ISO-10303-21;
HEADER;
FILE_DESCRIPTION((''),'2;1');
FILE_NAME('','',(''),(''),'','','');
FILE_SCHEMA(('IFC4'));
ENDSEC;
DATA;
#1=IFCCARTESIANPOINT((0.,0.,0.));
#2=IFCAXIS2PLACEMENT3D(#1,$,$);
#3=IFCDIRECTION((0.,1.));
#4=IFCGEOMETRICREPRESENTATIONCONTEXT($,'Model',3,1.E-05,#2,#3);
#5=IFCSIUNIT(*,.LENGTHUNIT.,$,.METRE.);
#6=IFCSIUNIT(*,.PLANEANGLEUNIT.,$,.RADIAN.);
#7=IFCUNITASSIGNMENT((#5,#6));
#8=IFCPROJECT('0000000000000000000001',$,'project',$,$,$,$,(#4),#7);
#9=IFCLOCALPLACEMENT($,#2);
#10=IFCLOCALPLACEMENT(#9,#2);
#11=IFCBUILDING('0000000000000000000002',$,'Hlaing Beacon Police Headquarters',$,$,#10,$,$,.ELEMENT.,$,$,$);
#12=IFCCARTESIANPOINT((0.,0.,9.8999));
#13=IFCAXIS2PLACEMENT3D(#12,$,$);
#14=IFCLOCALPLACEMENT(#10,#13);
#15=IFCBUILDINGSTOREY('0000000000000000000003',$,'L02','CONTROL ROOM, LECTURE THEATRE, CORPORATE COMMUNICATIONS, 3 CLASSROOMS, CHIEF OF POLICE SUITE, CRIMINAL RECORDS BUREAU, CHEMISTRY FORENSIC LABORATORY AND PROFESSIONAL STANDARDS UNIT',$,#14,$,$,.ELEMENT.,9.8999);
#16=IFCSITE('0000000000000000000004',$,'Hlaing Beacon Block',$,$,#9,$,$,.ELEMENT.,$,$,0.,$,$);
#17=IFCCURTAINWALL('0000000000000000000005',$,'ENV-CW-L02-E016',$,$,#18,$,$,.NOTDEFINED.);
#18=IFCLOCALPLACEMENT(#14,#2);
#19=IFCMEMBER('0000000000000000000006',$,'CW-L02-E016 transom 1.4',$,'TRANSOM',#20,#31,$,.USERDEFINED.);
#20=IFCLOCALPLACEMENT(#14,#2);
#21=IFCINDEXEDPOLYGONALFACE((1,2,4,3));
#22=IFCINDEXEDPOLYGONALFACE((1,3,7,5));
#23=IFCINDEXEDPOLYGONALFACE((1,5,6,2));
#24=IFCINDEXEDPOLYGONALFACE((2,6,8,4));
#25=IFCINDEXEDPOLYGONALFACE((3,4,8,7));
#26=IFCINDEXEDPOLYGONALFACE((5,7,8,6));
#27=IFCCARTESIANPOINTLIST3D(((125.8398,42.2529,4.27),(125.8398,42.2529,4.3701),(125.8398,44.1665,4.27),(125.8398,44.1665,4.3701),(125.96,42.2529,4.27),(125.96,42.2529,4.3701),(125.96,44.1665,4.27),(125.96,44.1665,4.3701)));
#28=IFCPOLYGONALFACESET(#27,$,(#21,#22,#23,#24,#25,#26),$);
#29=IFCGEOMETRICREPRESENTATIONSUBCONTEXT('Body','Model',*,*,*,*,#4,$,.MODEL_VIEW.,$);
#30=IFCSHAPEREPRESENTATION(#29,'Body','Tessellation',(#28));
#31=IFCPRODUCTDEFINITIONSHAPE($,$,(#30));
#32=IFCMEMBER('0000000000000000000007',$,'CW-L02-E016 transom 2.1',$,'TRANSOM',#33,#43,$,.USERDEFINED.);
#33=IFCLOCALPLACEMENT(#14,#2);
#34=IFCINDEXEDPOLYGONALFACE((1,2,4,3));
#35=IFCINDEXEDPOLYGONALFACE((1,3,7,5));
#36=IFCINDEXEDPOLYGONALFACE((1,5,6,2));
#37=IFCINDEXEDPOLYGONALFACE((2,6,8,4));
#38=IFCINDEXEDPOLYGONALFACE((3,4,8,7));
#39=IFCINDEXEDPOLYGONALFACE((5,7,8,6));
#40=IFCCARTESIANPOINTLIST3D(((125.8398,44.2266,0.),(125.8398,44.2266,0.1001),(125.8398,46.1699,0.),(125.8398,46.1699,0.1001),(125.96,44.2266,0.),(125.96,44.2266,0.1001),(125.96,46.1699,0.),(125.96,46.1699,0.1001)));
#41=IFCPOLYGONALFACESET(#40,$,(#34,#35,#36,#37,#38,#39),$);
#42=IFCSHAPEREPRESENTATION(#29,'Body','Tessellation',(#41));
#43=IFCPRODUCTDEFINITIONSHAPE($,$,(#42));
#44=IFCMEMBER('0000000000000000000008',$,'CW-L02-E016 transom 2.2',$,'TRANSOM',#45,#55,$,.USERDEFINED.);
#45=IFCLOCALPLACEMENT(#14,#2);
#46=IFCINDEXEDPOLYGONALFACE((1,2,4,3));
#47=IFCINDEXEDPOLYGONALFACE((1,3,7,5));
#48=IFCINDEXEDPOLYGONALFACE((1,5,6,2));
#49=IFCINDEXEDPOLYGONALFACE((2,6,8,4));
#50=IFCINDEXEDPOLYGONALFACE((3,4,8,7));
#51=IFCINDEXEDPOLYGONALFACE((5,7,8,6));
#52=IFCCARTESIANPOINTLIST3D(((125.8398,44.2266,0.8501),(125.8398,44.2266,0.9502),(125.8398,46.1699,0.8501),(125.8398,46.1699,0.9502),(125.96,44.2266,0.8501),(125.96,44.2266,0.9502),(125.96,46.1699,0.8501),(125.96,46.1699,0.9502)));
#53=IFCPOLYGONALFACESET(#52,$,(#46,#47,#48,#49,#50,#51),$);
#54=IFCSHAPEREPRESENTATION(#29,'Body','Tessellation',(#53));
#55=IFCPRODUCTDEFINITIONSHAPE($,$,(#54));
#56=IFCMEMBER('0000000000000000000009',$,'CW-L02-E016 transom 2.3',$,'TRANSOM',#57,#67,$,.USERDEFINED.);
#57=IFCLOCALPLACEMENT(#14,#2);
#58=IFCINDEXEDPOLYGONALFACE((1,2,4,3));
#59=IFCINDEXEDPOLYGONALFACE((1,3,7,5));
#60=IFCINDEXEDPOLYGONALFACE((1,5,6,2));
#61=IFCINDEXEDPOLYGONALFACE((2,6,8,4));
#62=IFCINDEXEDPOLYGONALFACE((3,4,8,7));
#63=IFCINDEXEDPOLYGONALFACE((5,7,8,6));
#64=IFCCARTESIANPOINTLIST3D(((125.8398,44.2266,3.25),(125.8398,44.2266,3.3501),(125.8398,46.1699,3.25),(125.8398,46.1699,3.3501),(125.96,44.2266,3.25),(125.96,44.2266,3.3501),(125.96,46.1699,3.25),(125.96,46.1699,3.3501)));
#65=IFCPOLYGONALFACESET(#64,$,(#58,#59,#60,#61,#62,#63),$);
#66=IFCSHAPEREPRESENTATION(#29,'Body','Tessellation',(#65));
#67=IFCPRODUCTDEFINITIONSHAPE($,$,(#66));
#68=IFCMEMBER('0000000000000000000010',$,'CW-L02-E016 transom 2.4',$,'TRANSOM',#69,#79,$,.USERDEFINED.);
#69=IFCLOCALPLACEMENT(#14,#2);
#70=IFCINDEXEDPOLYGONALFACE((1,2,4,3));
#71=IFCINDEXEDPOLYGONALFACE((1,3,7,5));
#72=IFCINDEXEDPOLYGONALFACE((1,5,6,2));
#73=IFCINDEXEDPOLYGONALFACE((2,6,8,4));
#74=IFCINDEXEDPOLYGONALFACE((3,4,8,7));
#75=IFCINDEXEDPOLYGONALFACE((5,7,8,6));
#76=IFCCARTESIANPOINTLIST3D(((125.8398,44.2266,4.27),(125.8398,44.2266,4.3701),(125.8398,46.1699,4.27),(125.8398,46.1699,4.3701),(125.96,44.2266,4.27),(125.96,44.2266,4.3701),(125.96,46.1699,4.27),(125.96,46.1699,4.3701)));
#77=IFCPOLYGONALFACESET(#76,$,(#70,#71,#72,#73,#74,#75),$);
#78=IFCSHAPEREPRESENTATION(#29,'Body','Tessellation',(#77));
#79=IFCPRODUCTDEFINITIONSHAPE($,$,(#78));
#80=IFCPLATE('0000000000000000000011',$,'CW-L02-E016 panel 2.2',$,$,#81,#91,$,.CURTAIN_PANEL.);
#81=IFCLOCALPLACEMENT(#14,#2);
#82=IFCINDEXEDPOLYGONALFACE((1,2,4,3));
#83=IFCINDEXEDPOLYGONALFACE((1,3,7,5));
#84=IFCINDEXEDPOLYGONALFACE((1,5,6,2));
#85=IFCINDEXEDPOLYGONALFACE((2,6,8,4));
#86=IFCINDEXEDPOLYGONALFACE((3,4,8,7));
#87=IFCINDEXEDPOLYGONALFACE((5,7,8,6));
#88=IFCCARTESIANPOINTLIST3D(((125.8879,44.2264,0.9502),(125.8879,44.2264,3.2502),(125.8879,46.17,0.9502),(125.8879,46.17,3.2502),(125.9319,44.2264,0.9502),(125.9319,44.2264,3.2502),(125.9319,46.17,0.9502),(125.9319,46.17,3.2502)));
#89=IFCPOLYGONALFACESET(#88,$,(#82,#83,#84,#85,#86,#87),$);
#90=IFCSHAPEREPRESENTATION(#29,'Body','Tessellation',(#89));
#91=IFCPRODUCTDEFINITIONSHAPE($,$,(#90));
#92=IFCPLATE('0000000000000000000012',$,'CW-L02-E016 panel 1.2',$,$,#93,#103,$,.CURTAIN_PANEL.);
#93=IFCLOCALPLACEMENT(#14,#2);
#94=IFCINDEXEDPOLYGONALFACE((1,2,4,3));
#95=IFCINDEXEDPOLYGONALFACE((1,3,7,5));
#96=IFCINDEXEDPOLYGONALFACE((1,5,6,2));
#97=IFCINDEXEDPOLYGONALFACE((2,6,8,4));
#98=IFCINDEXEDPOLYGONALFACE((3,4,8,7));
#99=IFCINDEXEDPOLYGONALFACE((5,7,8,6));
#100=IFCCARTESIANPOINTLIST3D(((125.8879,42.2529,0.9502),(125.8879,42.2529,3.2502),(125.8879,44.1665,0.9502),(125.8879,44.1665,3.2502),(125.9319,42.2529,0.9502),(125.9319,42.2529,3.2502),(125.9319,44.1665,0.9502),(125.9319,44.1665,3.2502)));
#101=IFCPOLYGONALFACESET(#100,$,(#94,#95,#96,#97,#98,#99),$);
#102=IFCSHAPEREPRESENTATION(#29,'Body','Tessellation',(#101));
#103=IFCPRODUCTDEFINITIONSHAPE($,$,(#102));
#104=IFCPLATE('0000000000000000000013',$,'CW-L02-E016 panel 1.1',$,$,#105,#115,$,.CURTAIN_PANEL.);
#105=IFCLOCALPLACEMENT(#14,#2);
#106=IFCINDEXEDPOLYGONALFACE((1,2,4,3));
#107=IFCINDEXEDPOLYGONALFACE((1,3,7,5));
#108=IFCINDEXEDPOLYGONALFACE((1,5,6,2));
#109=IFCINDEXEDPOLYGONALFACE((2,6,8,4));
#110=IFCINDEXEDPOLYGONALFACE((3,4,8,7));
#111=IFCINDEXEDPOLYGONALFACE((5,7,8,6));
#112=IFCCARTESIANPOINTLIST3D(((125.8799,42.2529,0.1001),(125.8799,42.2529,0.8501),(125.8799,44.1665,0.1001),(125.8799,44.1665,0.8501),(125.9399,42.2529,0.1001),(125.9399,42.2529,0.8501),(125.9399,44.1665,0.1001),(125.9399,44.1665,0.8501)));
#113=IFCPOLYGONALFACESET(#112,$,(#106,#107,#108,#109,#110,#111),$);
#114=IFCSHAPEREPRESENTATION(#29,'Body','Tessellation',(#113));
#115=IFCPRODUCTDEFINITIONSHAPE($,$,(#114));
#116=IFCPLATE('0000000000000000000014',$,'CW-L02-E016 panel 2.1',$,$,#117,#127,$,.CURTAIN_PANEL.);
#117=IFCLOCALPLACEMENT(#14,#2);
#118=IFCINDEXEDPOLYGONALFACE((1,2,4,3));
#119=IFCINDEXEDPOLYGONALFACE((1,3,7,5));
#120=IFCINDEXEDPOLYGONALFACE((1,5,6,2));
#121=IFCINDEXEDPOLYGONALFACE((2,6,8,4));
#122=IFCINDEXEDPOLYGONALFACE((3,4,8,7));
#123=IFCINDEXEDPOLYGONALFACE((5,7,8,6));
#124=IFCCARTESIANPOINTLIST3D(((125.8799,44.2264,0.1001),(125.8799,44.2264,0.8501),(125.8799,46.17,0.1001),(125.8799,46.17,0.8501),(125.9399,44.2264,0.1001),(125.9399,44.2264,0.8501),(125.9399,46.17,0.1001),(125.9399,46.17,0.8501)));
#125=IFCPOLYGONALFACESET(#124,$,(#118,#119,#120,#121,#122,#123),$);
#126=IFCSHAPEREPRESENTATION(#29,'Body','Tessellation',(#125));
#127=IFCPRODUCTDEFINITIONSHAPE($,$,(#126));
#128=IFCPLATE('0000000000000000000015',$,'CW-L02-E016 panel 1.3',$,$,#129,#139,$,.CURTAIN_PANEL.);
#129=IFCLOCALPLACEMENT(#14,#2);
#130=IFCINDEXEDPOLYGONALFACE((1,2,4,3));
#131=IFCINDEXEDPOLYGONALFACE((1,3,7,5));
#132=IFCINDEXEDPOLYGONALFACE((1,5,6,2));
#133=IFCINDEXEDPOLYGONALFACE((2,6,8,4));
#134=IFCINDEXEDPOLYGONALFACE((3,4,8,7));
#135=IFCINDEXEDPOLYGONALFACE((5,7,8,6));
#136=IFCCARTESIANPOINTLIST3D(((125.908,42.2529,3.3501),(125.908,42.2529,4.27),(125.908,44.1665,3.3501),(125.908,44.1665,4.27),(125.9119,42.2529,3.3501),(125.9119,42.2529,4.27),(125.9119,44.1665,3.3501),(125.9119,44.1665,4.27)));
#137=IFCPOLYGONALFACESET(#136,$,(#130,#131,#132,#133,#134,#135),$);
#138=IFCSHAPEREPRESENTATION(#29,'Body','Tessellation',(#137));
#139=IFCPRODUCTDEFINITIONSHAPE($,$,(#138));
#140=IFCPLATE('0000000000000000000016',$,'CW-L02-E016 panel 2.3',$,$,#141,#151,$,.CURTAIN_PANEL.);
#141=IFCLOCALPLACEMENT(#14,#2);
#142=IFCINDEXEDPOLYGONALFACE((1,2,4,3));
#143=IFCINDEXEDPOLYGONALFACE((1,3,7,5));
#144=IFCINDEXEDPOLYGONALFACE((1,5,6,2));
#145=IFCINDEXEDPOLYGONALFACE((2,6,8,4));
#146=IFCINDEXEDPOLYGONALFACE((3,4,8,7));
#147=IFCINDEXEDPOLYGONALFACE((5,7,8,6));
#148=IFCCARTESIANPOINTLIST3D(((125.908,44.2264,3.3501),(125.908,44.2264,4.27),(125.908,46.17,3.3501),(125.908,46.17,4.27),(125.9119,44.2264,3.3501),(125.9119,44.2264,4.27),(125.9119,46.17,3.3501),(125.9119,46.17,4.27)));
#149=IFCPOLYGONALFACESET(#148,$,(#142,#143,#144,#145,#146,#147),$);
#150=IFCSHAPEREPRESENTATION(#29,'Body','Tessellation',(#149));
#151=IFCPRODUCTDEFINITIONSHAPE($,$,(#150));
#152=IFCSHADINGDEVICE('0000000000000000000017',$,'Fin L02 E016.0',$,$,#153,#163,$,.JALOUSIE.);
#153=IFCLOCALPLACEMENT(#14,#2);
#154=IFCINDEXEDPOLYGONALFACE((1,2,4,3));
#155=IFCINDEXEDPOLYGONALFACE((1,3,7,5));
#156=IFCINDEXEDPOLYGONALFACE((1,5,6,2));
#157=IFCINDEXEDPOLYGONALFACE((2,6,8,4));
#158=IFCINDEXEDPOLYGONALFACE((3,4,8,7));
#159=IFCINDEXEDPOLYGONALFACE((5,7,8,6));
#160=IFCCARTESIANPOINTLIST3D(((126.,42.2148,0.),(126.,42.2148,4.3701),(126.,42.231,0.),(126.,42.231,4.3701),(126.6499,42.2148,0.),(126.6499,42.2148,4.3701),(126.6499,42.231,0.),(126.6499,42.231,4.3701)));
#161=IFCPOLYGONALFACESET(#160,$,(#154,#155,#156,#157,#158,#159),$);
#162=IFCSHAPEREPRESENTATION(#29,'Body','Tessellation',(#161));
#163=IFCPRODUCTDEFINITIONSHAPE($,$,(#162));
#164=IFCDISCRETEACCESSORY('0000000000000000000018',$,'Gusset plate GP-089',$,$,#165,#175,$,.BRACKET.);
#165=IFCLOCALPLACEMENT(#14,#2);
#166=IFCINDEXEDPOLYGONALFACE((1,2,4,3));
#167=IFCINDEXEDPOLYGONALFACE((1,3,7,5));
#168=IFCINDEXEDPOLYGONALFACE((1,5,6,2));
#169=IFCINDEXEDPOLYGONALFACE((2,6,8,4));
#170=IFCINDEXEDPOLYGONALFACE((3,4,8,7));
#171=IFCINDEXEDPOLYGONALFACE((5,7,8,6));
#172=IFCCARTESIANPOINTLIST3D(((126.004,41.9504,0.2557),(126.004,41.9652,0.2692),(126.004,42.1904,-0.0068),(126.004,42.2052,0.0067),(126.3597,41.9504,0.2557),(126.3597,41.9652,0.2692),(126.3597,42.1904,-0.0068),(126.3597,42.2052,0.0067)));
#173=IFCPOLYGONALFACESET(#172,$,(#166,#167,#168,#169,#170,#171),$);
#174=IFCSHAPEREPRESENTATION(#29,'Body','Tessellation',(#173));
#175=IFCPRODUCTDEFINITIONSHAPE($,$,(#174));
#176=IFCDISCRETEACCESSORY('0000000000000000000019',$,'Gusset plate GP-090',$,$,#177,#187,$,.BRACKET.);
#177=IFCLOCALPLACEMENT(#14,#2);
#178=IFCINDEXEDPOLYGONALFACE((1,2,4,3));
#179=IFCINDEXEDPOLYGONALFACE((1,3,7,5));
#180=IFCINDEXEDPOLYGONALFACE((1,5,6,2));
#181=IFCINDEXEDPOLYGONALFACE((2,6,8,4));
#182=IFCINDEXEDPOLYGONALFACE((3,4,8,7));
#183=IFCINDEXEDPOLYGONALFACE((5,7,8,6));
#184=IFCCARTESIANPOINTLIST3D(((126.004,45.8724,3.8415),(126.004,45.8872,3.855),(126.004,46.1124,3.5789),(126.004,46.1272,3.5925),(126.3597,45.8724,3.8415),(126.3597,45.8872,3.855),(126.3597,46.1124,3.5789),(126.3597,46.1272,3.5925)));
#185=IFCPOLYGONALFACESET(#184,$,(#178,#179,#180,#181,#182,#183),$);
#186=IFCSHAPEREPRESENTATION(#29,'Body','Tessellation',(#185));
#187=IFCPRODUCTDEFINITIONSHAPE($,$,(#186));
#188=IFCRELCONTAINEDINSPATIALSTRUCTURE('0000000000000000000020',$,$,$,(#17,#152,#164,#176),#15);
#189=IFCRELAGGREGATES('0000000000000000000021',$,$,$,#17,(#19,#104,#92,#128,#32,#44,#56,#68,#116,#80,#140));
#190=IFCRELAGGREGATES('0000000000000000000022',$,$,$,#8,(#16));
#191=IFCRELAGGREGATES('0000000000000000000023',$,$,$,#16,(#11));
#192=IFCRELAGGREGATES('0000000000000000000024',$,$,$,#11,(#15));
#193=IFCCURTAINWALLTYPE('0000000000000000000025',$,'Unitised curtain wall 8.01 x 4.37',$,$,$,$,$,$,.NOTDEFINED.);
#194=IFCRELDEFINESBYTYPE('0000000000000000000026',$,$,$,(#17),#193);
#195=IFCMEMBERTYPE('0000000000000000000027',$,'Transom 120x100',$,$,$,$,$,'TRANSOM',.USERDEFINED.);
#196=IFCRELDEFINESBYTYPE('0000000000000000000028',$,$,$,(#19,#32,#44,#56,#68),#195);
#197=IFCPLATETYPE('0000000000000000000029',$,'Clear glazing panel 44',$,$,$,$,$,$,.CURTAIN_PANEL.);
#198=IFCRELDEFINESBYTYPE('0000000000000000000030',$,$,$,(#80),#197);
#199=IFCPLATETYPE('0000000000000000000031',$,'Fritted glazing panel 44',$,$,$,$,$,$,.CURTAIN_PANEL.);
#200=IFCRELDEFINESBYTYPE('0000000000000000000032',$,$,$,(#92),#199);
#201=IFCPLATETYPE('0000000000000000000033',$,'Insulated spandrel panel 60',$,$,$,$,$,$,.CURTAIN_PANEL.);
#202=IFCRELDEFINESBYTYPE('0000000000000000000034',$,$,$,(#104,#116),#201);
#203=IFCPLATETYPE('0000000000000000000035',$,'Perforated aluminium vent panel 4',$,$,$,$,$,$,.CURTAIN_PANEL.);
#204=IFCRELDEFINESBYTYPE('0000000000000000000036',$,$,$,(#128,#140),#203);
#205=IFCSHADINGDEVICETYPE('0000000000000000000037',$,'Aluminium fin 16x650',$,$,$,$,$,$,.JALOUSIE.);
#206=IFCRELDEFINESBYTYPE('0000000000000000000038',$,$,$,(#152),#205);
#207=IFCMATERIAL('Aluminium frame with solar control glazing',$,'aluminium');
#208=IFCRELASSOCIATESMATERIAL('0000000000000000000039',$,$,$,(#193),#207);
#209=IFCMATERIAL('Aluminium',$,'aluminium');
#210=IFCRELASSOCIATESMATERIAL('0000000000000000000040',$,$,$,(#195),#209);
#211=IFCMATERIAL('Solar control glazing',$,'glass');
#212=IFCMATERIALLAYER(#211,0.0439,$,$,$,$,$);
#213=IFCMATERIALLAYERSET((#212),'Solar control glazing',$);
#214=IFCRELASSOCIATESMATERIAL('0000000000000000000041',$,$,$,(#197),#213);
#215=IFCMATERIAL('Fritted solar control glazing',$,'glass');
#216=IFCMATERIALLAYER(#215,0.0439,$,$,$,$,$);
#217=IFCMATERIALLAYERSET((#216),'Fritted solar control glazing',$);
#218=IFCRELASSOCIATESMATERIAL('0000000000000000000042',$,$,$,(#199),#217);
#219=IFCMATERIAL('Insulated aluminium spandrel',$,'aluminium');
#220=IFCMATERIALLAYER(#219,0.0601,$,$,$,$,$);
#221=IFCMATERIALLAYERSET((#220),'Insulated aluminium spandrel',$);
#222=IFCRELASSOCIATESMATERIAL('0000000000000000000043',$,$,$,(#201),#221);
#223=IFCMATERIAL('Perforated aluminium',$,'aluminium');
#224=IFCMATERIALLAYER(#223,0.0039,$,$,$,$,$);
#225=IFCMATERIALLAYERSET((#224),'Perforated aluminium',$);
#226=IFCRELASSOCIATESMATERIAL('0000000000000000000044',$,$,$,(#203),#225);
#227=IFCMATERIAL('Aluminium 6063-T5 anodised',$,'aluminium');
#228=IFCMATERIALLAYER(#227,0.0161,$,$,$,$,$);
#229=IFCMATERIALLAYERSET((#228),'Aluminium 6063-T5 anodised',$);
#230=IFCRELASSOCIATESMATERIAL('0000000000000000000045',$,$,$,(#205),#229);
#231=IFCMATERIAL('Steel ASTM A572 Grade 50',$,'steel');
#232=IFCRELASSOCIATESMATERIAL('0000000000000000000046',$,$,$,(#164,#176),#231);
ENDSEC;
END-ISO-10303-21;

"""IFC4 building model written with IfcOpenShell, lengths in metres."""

from ifc_helpers import new_model, si_unit, direction, frame, origin, origin_2d, place, context, subcontext, project, spatial, rectangle, extrude, material, layer, layer_set, material_profile, profile_set, type_object, element, aggregate, save


model = new_model("IFC4")

# Units and contexts
model_context = context("Model", 3, precision=1e-05, world=origin(), true_north=direction((0.0, 1.0)))
body_context = subcontext(model_context, "Body", "Model", "MODEL_VIEW")
ifc_project = project(units=[si_unit("LENGTHUNIT", "METRE"), si_unit("PLANEANGLEUNIT", "RADIAN")], contexts=[model_context])

# Site, building, storey
site_placement = place(None, origin())
site = spatial("IfcSite", under=ifc_project, at=site_placement, Name="Hlaing Beacon Block", CompositionType="ELEMENT", RefElevation=0.0)
building_placement = place(site_placement, origin())
building = spatial("IfcBuilding", under=site, at=building_placement, Name="Hlaing Beacon Police Headquarters", CompositionType="ELEMENT")
storey_placement = place(building_placement, frame((0.0, 0.0, 9.8999)))
storey = spatial("IfcBuildingStorey", under=building, at=storey_placement, Name="L02", Description="CONTROL ROOM, LECTURE THEATRE, CORPORATE COMMUNICATIONS, 3 CLASSROOMS, CHIEF OF POLICE SUITE, CRIMINAL RECORDS BUREAU, CHEMISTRY FORENSIC LABORATORY AND PROFESSIONAL STANDARDS UNIT", CompositionType="ELEMENT", Elevation=9.8999)

# Curtain wall, members, plates
ifc_material_1 = material(Name="Aluminium frame with solar control glazing", Category="aluminium")
curtain_wall_type = type_object("IfcCurtainWallType", Name="Unitised curtain wall 8.01 x 4.37", PredefinedType="NOTDEFINED", material=ifc_material_1)
curtain_wall_placement = place(storey_placement, origin())
curtain_wall = element("IfcCurtainWall", 1, at=curtain_wall_placement, inside=storey, type_object=curtain_wall_type, Name="ENV-CW-L02-E016", PredefinedType="NOTDEFINED")
ifc_material_2 = material(Name="Aluminium", Category="aluminium")
ifc_material_profile_1 = material_profile(ifc_material_2, rectangle(XDim=0.1201, YDim=0.1001, at=origin_2d()), Name="Transom 120x100")
ifc_profile_set_1 = profile_set([ifc_material_profile_1], Name="Aluminium")
member_type_1 = type_object("IfcMemberType", Name="Transom 120x100", ElementType="TRANSOM", PredefinedType="USERDEFINED", material=ifc_profile_set_1)
member_1_placement = place(storey_placement, frame((125.8999, 42.2529, 4.3201), z_axis=(0.0, 1.0, 0.0), x_axis=(-1.0, 0.0, 0.0)))
member_1 = element("IfcMember", 2, at=member_1_placement, type_object=member_type_1, Name="CW-L02-E016 transom 1.4", ObjectType="TRANSOM", PredefinedType="USERDEFINED", context=body_context, shape_type="SweptSolid", body=[
    extrude(rectangle(XDim=0.1201, YDim=0.1001, at=origin_2d()), origin(), (0.0, 0.0, 1.0), 1.9136),
])
member_2_placement = place(storey_placement, frame((125.8999, 44.2266, 0.05), z_axis=(0.0, 1.0, 0.0), x_axis=(-1.0, 0.0, 0.0)))
member_2 = element("IfcMember", 3, at=member_2_placement, type_object=member_type_1, Name="CW-L02-E016 transom 2.1", ObjectType="TRANSOM", PredefinedType="USERDEFINED", context=body_context, shape_type="SweptSolid", body=[
    extrude(rectangle(XDim=0.1201, YDim=0.1001, at=origin_2d()), origin(), (0.0, 0.0, 1.0), 1.9434),
])
member_3_placement = place(storey_placement, frame((125.8999, 44.2266, 0.9001), z_axis=(0.0, 1.0, 0.0), x_axis=(-1.0, 0.0, 0.0)))
member_3 = element("IfcMember", 4, at=member_3_placement, type_object=member_type_1, Name="CW-L02-E016 transom 2.2", ObjectType="TRANSOM", PredefinedType="USERDEFINED", context=body_context, shape_type="SweptSolid", body=[
    extrude(rectangle(XDim=0.1201, YDim=0.1001, at=origin_2d()), origin(), (0.0, 0.0, 1.0), 1.9434),
])
member_4_placement = place(storey_placement, frame((125.8999, 44.2266, 3.3), z_axis=(0.0, 1.0, 0.0), x_axis=(-1.0, 0.0, 0.0)))
member_4 = element("IfcMember", 5, at=member_4_placement, type_object=member_type_1, Name="CW-L02-E016 transom 2.3", ObjectType="TRANSOM", PredefinedType="USERDEFINED", context=body_context, shape_type="SweptSolid", body=[
    extrude(rectangle(XDim=0.1201, YDim=0.1001, at=origin_2d()), origin(), (0.0, 0.0, 1.0), 1.9434),
])
member_5_placement = place(storey_placement, frame((125.8999, 44.2266, 4.3201), z_axis=(0.0, 1.0, 0.0), x_axis=(-1.0, 0.0, 0.0)))
member_5 = element("IfcMember", 6, at=member_5_placement, type_object=member_type_1, Name="CW-L02-E016 transom 2.4", ObjectType="TRANSOM", PredefinedType="USERDEFINED", context=body_context, shape_type="SweptSolid", body=[
    extrude(rectangle(XDim=0.1201, YDim=0.1001, at=origin_2d()), origin(), (0.0, 0.0, 1.0), 1.9434),
])
ifc_material_3 = material(Name="Solar control glazing", Category="glass")
ifc_layer_1 = layer(ifc_material_3, 0.0439)
ifc_layer_set_1 = layer_set([ifc_layer_1], Name="Solar control glazing")
plate_type_1 = type_object("IfcPlateType", Name="Clear glazing panel 44", PredefinedType="CURTAIN_PANEL", material=ifc_layer_set_1)
plate_1_placement = place(storey_placement, frame((125.9099, 45.1982, 0.9502), z_axis=(0.0, 0.0, 1.0), x_axis=(0.0, 1.0, 0.0)))
plate_1 = element("IfcPlate", 7, at=plate_1_placement, type_object=plate_type_1, Name="CW-L02-E016 panel 2.2", PredefinedType="CURTAIN_PANEL", context=body_context, shape_type="SweptSolid", body=[
    extrude(rectangle(XDim=1.9436, YDim=0.0439, at=origin_2d()), origin(), (0.0, 0.0, 1.0), 2.3),
])
ifc_material_4 = material(Name="Fritted solar control glazing", Category="glass")
ifc_layer_2 = layer(ifc_material_4, 0.0439)
ifc_layer_set_2 = layer_set([ifc_layer_2], Name="Fritted solar control glazing")
plate_type_2 = type_object("IfcPlateType", Name="Fritted glazing panel 44", PredefinedType="CURTAIN_PANEL", material=ifc_layer_set_2)
plate_2_placement = place(storey_placement, frame((125.9099, 43.2097, 0.9502), z_axis=(0.0, 0.0, 1.0), x_axis=(0.0, 1.0, 0.0)))
plate_2 = element("IfcPlate", 8, at=plate_2_placement, type_object=plate_type_2, Name="CW-L02-E016 panel 1.2", PredefinedType="CURTAIN_PANEL", context=body_context, shape_type="SweptSolid", body=[
    extrude(rectangle(XDim=1.9136, YDim=0.0439, at=origin_2d()), origin(), (0.0, 0.0, 1.0), 2.3),
])
ifc_material_5 = material(Name="Insulated aluminium spandrel", Category="aluminium")
ifc_layer_3 = layer(ifc_material_5, 0.0601)
ifc_layer_set_3 = layer_set([ifc_layer_3], Name="Insulated aluminium spandrel")
plate_type_3 = type_object("IfcPlateType", Name="Insulated spandrel panel 60", PredefinedType="CURTAIN_PANEL", material=ifc_layer_set_3)
plate_3_placement = place(storey_placement, frame((125.9099, 43.2097, 0.1001), z_axis=(0.0, 0.0, 1.0), x_axis=(0.0, 1.0, 0.0)))
plate_3 = element("IfcPlate", 9, at=plate_3_placement, type_object=plate_type_3, Name="CW-L02-E016 panel 1.1", PredefinedType="CURTAIN_PANEL", context=body_context, shape_type="SweptSolid", body=[
    extrude(rectangle(XDim=1.9136, YDim=0.0601, at=origin_2d()), origin(), (0.0, 0.0, 1.0), 0.75),
])
plate_4_placement = place(storey_placement, frame((125.9099, 45.1982, 0.1001), z_axis=(0.0, 0.0, 1.0), x_axis=(0.0, 1.0, 0.0)))
plate_4 = element("IfcPlate", 10, at=plate_4_placement, type_object=plate_type_3, Name="CW-L02-E016 panel 2.1", PredefinedType="CURTAIN_PANEL", context=body_context, shape_type="SweptSolid", body=[
    extrude(rectangle(XDim=1.9436, YDim=0.0601, at=origin_2d()), origin(), (0.0, 0.0, 1.0), 0.75),
])
ifc_material_6 = material(Name="Perforated aluminium", Category="aluminium")
ifc_layer_4 = layer(ifc_material_6, 0.0039)
ifc_layer_set_4 = layer_set([ifc_layer_4], Name="Perforated aluminium")
plate_type_4 = type_object("IfcPlateType", Name="Perforated aluminium vent panel 4", PredefinedType="CURTAIN_PANEL", material=ifc_layer_set_4)
plate_5_placement = place(storey_placement, frame((125.9099, 43.2097, 3.3501), z_axis=(0.0, 0.0, 1.0), x_axis=(0.0, 1.0, 0.0)))
plate_5 = element("IfcPlate", 11, at=plate_5_placement, type_object=plate_type_4, Name="CW-L02-E016 panel 1.3", PredefinedType="CURTAIN_PANEL", context=body_context, shape_type="SweptSolid", body=[
    extrude(rectangle(XDim=1.9136, YDim=0.0039, at=origin_2d()), origin(), (0.0, 0.0, 1.0), 0.9199),
])
plate_6_placement = place(storey_placement, frame((125.9099, 45.1982, 3.3501), z_axis=(0.0, 0.0, 1.0), x_axis=(0.0, 1.0, 0.0)))
plate_6 = element("IfcPlate", 12, at=plate_6_placement, type_object=plate_type_4, Name="CW-L02-E016 panel 2.3", PredefinedType="CURTAIN_PANEL", context=body_context, shape_type="SweptSolid", body=[
    extrude(rectangle(XDim=1.9436, YDim=0.0039, at=origin_2d()), origin(), (0.0, 0.0, 1.0), 0.9199),
])
aggregate(curtain_wall, [member_1, plate_3, plate_2, plate_5, member_2, member_3, member_4, member_5, plate_4, plate_1, plate_6])

# Shading device
ifc_material_7 = material(Name="Aluminium 6063-T5 anodised", Category="aluminium")
ifc_layer_5 = layer(ifc_material_7, 0.0161)
ifc_layer_set_5 = layer_set([ifc_layer_5], Name="Aluminium 6063-T5 anodised")
shading_device_type = type_object("IfcShadingDeviceType", Name="Aluminium fin 16x650", PredefinedType="JALOUSIE", material=ifc_layer_set_5)
shading_device_placement = place(storey_placement, frame((126.325, 42.2229, 0.0), z_axis=(0.0, 0.0, 1.0), x_axis=(0.0, 1.0, 0.0)))
element("IfcShadingDevice", 13, at=shading_device_placement, inside=storey, type_object=shading_device_type, Name="Fin L02 E016.0", PredefinedType="JALOUSIE", context=body_context, shape_type="SweptSolid", body=[
    extrude(rectangle(XDim=0.0161, YDim=0.6499, at=origin_2d()), origin(), (0.0, 0.0, 1.0), 4.3701),
])

# Discrete accessories
ifc_material_8 = material(Name="Steel ASTM A572 Grade 50", Category="steel")
for number, where, z_axis, x_axis, name in (
    (14, (126.1819, 42.0852, 0.1379), (0.0, -0.738029, -0.674769), (1.0, 0.0, 0.0), "Gusset plate GP-089"),
    (15, (126.1819, 45.9924, 3.7102), (0.0, 0.738029, 0.674769), (-1.0, 0.0, 0.0), "Gusset plate GP-090"),
):
    element("IfcDiscreteAccessory", number, at=place(storey_placement, frame(where, z_axis=z_axis, x_axis=x_axis)), inside=storey, material=ifc_material_8, Name=name, PredefinedType="BRACKET", context=body_context, shape_type="SweptSolid", body=[
        extrude(rectangle(XDim=0.3557, YDim=0.3557, at=origin_2d()), origin(), (0.0, 0.0, 1.0), 0.02),
    ])

save(model, "model.ifc")
